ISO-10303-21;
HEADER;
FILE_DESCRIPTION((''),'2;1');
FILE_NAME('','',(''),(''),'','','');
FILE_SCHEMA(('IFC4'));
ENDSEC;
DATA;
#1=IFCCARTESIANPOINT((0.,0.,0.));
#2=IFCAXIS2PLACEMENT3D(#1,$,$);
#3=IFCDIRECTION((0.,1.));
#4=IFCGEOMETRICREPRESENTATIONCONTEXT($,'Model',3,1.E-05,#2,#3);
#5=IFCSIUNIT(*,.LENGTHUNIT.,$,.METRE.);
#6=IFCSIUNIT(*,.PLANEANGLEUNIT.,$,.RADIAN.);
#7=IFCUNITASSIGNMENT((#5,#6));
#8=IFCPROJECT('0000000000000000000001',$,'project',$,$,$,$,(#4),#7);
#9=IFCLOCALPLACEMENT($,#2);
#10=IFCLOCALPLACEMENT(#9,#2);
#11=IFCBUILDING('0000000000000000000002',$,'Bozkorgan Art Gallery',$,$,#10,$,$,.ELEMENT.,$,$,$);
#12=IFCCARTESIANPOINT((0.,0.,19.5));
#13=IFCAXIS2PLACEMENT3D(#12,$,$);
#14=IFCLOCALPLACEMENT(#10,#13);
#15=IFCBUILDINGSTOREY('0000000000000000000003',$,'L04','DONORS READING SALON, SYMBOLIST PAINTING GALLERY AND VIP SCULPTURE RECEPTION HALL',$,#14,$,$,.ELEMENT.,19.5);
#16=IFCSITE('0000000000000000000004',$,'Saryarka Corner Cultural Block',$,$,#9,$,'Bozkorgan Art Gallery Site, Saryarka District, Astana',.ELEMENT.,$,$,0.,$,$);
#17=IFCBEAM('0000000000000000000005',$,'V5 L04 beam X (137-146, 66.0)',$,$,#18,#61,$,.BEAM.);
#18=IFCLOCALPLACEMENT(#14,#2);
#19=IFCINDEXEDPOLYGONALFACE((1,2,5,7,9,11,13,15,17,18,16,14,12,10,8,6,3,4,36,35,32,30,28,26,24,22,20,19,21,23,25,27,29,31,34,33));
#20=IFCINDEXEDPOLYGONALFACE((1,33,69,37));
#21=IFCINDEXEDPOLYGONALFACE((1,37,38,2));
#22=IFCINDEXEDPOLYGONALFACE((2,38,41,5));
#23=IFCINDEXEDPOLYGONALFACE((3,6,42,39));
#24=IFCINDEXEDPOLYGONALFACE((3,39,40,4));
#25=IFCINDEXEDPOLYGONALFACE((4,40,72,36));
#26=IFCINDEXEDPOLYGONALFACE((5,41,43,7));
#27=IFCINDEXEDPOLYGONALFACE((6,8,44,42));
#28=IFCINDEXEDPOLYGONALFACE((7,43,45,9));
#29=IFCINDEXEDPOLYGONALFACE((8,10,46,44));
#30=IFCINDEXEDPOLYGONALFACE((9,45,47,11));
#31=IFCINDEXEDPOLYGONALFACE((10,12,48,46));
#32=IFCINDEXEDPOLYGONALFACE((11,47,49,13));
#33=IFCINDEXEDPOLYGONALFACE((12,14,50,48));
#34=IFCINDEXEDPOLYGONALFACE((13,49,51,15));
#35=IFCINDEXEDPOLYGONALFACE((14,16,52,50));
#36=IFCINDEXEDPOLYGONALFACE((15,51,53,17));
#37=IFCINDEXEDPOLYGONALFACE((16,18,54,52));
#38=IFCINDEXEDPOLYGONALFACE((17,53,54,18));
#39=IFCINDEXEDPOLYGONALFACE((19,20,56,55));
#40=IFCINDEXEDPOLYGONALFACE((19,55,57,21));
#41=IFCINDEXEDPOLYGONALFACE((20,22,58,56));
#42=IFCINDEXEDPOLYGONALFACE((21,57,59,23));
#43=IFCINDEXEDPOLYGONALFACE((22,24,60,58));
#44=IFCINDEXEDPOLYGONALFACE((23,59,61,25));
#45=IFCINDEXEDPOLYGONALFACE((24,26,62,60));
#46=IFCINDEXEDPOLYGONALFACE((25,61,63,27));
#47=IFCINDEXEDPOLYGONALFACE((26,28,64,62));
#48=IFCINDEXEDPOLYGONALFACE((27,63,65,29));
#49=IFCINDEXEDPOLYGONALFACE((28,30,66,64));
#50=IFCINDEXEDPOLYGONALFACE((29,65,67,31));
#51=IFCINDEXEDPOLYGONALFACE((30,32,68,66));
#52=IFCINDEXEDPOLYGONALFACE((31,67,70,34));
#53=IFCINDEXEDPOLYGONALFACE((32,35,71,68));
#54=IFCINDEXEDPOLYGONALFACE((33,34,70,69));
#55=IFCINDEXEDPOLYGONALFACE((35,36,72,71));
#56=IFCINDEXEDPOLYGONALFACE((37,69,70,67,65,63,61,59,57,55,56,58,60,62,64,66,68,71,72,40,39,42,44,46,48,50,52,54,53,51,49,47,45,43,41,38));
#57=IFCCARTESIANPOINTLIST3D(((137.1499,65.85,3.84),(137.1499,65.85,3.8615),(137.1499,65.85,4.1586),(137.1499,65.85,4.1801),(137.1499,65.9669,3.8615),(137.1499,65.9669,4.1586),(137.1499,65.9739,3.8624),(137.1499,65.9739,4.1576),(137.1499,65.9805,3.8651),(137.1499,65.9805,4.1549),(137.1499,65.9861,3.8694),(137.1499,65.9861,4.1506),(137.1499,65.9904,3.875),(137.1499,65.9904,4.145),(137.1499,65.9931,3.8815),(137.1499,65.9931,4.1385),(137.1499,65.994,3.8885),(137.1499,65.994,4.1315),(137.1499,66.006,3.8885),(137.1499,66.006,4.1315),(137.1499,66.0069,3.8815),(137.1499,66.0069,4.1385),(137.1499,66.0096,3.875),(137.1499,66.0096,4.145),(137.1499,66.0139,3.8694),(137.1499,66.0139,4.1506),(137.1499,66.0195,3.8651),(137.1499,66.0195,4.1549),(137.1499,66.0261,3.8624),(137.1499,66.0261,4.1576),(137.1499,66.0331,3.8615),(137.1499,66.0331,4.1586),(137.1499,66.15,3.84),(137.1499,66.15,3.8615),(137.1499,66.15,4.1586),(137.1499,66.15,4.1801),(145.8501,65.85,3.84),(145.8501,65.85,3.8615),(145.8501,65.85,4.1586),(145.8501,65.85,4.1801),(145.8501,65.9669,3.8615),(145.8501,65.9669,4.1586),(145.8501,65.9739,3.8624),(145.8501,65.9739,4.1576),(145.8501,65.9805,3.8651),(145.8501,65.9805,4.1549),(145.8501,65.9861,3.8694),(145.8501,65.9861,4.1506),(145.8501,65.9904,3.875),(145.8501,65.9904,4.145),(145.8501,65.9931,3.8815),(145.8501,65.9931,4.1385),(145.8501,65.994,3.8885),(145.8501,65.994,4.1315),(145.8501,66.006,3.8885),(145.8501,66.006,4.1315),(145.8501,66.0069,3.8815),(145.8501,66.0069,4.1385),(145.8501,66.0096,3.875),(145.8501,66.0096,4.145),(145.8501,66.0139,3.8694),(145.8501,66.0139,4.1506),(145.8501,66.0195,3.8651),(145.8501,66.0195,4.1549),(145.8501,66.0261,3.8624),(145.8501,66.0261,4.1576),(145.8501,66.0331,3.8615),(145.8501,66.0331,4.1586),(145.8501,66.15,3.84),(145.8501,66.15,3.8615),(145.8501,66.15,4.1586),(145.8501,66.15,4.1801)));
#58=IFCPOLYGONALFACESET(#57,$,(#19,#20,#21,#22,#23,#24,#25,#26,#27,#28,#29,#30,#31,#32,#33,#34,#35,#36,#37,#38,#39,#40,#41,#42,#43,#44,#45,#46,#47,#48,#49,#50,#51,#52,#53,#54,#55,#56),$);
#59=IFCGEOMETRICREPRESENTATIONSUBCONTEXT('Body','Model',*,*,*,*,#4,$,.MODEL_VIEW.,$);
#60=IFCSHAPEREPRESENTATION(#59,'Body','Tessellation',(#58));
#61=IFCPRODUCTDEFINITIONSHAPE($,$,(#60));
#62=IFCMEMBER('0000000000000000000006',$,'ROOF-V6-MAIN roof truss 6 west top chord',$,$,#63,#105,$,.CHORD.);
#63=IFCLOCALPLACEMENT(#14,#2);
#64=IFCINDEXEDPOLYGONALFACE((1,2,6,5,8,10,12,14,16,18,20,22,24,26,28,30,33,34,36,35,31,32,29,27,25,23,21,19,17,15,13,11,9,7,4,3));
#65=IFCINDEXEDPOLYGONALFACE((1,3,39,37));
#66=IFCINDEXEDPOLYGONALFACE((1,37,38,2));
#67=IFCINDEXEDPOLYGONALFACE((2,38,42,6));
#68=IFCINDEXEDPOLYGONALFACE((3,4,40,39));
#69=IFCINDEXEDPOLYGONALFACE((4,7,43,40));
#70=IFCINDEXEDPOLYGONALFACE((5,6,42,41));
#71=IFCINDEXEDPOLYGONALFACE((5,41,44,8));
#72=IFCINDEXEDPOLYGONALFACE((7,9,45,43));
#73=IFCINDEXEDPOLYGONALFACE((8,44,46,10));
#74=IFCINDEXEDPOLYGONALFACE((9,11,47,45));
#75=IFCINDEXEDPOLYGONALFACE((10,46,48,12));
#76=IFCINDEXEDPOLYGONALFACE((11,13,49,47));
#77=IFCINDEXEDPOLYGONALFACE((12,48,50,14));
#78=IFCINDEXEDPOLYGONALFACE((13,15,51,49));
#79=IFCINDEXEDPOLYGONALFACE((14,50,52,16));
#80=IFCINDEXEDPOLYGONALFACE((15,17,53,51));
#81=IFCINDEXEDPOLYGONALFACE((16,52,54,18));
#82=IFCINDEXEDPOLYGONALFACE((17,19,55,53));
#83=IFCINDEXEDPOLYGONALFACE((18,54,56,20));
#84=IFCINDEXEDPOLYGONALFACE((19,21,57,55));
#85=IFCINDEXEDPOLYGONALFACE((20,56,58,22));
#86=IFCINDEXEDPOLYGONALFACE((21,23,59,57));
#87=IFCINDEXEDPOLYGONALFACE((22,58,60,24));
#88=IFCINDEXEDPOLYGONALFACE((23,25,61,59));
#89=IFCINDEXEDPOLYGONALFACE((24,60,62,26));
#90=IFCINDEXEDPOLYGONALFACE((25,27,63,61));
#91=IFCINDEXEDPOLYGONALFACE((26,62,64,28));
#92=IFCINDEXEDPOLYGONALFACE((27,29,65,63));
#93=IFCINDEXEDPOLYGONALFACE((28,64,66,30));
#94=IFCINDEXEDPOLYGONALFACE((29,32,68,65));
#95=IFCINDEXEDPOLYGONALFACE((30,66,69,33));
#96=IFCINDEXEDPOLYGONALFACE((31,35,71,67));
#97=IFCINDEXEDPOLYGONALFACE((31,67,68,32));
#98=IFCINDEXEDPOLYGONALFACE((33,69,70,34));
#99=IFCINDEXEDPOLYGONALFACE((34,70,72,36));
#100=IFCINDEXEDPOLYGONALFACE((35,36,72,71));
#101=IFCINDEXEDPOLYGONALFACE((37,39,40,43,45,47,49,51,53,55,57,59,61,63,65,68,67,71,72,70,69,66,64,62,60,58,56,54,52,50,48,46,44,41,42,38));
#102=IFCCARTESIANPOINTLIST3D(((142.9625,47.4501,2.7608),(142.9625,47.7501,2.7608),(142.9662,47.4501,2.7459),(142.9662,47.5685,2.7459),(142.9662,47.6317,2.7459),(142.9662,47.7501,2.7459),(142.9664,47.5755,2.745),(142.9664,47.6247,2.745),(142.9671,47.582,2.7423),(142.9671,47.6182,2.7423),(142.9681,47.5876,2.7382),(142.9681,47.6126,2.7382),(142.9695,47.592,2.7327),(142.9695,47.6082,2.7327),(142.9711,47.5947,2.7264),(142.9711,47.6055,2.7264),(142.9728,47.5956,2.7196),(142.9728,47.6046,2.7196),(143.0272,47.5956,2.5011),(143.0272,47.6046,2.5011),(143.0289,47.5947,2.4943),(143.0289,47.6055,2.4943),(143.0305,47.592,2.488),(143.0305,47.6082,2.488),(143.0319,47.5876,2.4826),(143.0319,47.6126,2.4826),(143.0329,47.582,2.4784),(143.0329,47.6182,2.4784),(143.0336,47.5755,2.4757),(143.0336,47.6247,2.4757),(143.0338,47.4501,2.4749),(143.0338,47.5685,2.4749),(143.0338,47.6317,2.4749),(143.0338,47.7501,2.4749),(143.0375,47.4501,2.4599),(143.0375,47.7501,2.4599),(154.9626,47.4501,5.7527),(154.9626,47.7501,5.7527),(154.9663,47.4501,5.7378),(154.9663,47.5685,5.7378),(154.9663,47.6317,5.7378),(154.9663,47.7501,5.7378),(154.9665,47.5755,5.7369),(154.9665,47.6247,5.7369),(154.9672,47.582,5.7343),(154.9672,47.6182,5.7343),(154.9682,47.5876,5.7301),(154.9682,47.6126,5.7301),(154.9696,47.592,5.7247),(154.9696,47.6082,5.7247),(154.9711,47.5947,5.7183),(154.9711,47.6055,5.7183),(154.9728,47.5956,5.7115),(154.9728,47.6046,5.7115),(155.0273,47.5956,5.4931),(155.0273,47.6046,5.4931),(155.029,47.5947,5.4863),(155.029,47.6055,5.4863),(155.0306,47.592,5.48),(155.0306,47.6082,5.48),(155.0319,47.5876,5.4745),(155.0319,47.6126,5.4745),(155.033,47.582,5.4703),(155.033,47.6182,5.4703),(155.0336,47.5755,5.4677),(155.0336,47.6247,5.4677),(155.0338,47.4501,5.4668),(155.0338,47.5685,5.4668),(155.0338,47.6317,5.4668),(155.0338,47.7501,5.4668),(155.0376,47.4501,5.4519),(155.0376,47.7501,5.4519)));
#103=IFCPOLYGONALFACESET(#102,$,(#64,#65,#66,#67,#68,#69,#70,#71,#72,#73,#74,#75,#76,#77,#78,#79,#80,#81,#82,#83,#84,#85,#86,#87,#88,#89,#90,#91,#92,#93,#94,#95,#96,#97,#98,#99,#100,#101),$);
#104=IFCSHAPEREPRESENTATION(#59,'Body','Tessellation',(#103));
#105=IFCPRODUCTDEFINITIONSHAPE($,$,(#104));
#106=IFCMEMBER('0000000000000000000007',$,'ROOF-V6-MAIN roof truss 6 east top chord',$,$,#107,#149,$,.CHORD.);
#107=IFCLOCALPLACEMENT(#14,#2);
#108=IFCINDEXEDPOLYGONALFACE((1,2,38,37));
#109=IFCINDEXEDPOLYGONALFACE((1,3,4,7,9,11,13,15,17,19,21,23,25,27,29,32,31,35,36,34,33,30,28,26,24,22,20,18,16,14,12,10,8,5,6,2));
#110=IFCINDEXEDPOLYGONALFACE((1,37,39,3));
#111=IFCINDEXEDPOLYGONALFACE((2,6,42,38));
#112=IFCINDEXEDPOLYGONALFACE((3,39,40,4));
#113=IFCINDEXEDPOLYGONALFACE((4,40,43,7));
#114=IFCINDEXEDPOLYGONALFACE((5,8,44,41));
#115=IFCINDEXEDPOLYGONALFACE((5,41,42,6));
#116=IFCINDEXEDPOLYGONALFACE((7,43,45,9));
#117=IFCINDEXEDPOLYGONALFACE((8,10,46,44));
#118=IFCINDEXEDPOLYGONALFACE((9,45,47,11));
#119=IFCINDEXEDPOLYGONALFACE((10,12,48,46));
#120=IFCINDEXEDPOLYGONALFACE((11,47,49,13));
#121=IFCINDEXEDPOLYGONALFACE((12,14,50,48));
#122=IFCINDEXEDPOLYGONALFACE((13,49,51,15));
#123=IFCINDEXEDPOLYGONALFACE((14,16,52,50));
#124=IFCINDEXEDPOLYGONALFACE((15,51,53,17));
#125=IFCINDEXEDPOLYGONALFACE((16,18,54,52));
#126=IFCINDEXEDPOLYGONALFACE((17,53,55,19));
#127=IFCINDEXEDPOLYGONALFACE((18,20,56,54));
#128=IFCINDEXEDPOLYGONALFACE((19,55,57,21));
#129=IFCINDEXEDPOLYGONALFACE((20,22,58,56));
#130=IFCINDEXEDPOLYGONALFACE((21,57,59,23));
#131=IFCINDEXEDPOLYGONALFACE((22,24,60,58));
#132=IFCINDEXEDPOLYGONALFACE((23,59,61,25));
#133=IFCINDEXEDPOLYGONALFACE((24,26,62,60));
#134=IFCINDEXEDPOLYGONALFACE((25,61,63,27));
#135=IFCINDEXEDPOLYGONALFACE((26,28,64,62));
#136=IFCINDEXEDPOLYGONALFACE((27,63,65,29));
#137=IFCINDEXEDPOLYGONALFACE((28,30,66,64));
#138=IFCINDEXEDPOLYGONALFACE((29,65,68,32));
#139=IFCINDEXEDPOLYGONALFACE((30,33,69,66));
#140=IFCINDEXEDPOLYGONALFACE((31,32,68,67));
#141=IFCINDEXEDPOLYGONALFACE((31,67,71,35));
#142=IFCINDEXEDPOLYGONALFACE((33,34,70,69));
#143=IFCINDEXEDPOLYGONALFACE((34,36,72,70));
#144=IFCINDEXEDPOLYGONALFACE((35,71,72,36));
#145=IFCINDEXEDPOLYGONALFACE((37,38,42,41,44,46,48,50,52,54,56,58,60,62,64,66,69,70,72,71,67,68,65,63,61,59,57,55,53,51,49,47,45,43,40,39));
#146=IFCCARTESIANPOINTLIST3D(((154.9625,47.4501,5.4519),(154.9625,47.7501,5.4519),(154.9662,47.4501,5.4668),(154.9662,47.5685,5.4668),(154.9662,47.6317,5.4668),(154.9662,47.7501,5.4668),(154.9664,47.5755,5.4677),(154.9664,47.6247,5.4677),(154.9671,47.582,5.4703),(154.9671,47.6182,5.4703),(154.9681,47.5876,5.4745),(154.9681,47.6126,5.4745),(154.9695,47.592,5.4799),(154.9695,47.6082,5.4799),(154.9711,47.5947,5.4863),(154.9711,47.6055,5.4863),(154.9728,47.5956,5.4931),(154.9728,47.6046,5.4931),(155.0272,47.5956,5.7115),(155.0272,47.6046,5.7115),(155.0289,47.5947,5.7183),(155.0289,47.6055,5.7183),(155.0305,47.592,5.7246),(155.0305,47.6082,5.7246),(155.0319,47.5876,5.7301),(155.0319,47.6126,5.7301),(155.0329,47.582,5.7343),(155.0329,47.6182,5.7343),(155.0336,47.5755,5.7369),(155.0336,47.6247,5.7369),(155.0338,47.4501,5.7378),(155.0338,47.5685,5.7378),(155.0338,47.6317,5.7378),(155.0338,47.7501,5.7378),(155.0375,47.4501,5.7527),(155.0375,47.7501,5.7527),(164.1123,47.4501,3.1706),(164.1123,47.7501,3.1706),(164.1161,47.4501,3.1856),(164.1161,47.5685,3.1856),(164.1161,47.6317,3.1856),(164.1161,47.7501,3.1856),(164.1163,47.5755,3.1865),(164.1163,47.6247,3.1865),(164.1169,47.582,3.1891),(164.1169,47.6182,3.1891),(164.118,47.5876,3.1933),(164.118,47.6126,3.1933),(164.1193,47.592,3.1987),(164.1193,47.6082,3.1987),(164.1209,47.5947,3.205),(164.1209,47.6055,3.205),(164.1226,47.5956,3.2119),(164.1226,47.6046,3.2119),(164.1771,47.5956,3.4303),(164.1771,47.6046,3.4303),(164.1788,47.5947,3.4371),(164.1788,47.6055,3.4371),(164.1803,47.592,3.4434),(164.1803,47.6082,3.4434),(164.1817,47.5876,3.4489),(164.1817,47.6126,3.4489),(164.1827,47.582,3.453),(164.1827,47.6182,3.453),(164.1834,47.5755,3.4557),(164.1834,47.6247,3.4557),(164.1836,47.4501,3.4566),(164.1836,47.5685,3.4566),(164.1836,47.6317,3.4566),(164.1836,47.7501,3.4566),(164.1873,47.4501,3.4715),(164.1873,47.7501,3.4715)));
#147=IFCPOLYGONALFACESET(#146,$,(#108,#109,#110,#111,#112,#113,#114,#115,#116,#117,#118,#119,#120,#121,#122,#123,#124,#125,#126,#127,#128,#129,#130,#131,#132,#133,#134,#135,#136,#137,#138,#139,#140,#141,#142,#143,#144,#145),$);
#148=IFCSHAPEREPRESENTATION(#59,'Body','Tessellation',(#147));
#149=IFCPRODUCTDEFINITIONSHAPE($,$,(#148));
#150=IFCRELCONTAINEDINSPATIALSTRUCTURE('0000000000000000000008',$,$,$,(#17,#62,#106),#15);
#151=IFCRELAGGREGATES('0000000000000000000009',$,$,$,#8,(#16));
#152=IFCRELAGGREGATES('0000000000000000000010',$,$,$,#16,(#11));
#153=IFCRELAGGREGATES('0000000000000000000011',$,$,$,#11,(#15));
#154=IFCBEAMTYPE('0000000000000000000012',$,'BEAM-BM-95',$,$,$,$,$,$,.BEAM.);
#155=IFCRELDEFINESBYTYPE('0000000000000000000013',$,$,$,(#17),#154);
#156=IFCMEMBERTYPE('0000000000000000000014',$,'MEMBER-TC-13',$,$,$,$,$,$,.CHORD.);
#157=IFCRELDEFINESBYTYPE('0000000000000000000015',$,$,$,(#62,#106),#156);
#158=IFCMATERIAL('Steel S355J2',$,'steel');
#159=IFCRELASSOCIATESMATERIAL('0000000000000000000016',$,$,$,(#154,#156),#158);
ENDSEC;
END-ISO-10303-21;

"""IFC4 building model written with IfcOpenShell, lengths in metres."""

from ifc_helpers import new_model, si_unit, direction, frame, origin, origin_2d, place, context, subcontext, project, spatial, i_section, extrude, material, material_profile, profile_set, type_object, element, save


model = new_model("IFC4")

# Units and contexts
model_context = context("Model", 3, precision=1e-05, world=origin(), true_north=direction((0.0, 1.0)))
body_context = subcontext(model_context, "Body", "Model", "MODEL_VIEW")
ifc_project = project(units=[si_unit("LENGTHUNIT", "METRE"), si_unit("PLANEANGLEUNIT", "RADIAN")], contexts=[model_context])

# Site, building, storey
site_placement = place(None, origin())
site = spatial("IfcSite", under=ifc_project, at=site_placement, Name="Saryarka Corner Cultural Block", LongName="Bozkorgan Art Gallery Site, Saryarka District, Astana", CompositionType="ELEMENT", RefElevation=0.0)
building_placement = place(site_placement, origin())
building = spatial("IfcBuilding", under=site, at=building_placement, Name="Bozkorgan Art Gallery", CompositionType="ELEMENT")
storey_placement = place(building_placement, frame((0.0, 0.0, 19.5)))
storey = spatial("IfcBuildingStorey", under=building, at=storey_placement, Name="L04", Description="DONORS READING SALON, SYMBOLIST PAINTING GALLERY AND VIP SCULPTURE RECEPTION HALL", CompositionType="ELEMENT", Elevation=19.5)

# Beam
ifc_material = material(Name="Steel S355J2", Category="steel")
ifc_material_profile_1 = material_profile(ifc_material, i_section(OverallWidth=0.3, OverallDepth=0.3401, WebThickness=0.012, FlangeThickness=0.0215, FilletRadius=0.0271, at=origin_2d()), Name="HEB 340")
ifc_profile_set_1 = profile_set([ifc_material_profile_1], Name="Steel S355J2")
beam_type = type_object("IfcBeamType", Name="BEAM-BM-95", PredefinedType="BEAM", material=ifc_profile_set_1)
beam_placement = place(storey_placement, frame((137.1499, 66.0, 4.01), z_axis=(1.0, 0.0, 0.0), x_axis=(0.0, 1.0, 0.0)))
element("IfcBeam", 1, at=beam_placement, inside=storey, type_object=beam_type, Name="V5 L04 beam X (137-146, 66.0)", PredefinedType="BEAM", context=body_context, shape_type="SweptSolid", body=[
    extrude(i_section(OverallWidth=0.3, OverallDepth=0.3401, WebThickness=0.012, FlangeThickness=0.0215, FilletRadius=0.0271, at=origin_2d()), origin(), (0.0, 0.0, 1.0), 8.7002),
])

# Members
ifc_material_profile_2 = material_profile(ifc_material, i_section(OverallWidth=0.3, OverallDepth=0.3101, WebThickness=0.009, FlangeThickness=0.0154, FilletRadius=0.0271, at=origin_2d()), Name="HEA 320")
ifc_profile_set_2 = profile_set([ifc_material_profile_2], Name="Steel S355J2")
member_type_1 = type_object("IfcMemberType", Name="MEMBER-TC-13", PredefinedType="CHORD", material=ifc_profile_set_2)
member_1_placement = place(storey_placement, frame((143.0, 47.6001, 2.6104), z_axis=(0.970296, 0.0, 0.241922), x_axis=(0.0, 1.0, 0.0)))
element("IfcMember", 2, at=member_1_placement, inside=storey, type_object=member_type_1, Name="ROOF-V6-MAIN roof truss 6 west top chord", PredefinedType="CHORD", context=body_context, shape_type="SweptSolid", body=[
    extrude(i_section(OverallWidth=0.3, OverallDepth=0.3101, WebThickness=0.009, FlangeThickness=0.0154, FilletRadius=0.0271, at=origin_2d()), origin(), (0.0, 0.0, 1.0), 12.3674),
])
member_2_placement = place(storey_placement, frame((155.0, 47.6001, 5.6023), z_axis=(0.970298, 0.0, -0.241914), x_axis=(0.0, 1.0, 0.0)))
element("IfcMember", 3, at=member_2_placement, inside=storey, type_object=member_type_1, Name="ROOF-V6-MAIN roof truss 6 east top chord", PredefinedType="CHORD", context=body_context, shape_type="SweptSolid", body=[
    extrude(i_section(OverallWidth=0.3, OverallDepth=0.3101, WebThickness=0.009, FlangeThickness=0.0154, FilletRadius=0.0271, at=origin_2d()), origin(), (0.0, 0.0, 1.0), 9.4299),
])

save(model, "model.ifc")
